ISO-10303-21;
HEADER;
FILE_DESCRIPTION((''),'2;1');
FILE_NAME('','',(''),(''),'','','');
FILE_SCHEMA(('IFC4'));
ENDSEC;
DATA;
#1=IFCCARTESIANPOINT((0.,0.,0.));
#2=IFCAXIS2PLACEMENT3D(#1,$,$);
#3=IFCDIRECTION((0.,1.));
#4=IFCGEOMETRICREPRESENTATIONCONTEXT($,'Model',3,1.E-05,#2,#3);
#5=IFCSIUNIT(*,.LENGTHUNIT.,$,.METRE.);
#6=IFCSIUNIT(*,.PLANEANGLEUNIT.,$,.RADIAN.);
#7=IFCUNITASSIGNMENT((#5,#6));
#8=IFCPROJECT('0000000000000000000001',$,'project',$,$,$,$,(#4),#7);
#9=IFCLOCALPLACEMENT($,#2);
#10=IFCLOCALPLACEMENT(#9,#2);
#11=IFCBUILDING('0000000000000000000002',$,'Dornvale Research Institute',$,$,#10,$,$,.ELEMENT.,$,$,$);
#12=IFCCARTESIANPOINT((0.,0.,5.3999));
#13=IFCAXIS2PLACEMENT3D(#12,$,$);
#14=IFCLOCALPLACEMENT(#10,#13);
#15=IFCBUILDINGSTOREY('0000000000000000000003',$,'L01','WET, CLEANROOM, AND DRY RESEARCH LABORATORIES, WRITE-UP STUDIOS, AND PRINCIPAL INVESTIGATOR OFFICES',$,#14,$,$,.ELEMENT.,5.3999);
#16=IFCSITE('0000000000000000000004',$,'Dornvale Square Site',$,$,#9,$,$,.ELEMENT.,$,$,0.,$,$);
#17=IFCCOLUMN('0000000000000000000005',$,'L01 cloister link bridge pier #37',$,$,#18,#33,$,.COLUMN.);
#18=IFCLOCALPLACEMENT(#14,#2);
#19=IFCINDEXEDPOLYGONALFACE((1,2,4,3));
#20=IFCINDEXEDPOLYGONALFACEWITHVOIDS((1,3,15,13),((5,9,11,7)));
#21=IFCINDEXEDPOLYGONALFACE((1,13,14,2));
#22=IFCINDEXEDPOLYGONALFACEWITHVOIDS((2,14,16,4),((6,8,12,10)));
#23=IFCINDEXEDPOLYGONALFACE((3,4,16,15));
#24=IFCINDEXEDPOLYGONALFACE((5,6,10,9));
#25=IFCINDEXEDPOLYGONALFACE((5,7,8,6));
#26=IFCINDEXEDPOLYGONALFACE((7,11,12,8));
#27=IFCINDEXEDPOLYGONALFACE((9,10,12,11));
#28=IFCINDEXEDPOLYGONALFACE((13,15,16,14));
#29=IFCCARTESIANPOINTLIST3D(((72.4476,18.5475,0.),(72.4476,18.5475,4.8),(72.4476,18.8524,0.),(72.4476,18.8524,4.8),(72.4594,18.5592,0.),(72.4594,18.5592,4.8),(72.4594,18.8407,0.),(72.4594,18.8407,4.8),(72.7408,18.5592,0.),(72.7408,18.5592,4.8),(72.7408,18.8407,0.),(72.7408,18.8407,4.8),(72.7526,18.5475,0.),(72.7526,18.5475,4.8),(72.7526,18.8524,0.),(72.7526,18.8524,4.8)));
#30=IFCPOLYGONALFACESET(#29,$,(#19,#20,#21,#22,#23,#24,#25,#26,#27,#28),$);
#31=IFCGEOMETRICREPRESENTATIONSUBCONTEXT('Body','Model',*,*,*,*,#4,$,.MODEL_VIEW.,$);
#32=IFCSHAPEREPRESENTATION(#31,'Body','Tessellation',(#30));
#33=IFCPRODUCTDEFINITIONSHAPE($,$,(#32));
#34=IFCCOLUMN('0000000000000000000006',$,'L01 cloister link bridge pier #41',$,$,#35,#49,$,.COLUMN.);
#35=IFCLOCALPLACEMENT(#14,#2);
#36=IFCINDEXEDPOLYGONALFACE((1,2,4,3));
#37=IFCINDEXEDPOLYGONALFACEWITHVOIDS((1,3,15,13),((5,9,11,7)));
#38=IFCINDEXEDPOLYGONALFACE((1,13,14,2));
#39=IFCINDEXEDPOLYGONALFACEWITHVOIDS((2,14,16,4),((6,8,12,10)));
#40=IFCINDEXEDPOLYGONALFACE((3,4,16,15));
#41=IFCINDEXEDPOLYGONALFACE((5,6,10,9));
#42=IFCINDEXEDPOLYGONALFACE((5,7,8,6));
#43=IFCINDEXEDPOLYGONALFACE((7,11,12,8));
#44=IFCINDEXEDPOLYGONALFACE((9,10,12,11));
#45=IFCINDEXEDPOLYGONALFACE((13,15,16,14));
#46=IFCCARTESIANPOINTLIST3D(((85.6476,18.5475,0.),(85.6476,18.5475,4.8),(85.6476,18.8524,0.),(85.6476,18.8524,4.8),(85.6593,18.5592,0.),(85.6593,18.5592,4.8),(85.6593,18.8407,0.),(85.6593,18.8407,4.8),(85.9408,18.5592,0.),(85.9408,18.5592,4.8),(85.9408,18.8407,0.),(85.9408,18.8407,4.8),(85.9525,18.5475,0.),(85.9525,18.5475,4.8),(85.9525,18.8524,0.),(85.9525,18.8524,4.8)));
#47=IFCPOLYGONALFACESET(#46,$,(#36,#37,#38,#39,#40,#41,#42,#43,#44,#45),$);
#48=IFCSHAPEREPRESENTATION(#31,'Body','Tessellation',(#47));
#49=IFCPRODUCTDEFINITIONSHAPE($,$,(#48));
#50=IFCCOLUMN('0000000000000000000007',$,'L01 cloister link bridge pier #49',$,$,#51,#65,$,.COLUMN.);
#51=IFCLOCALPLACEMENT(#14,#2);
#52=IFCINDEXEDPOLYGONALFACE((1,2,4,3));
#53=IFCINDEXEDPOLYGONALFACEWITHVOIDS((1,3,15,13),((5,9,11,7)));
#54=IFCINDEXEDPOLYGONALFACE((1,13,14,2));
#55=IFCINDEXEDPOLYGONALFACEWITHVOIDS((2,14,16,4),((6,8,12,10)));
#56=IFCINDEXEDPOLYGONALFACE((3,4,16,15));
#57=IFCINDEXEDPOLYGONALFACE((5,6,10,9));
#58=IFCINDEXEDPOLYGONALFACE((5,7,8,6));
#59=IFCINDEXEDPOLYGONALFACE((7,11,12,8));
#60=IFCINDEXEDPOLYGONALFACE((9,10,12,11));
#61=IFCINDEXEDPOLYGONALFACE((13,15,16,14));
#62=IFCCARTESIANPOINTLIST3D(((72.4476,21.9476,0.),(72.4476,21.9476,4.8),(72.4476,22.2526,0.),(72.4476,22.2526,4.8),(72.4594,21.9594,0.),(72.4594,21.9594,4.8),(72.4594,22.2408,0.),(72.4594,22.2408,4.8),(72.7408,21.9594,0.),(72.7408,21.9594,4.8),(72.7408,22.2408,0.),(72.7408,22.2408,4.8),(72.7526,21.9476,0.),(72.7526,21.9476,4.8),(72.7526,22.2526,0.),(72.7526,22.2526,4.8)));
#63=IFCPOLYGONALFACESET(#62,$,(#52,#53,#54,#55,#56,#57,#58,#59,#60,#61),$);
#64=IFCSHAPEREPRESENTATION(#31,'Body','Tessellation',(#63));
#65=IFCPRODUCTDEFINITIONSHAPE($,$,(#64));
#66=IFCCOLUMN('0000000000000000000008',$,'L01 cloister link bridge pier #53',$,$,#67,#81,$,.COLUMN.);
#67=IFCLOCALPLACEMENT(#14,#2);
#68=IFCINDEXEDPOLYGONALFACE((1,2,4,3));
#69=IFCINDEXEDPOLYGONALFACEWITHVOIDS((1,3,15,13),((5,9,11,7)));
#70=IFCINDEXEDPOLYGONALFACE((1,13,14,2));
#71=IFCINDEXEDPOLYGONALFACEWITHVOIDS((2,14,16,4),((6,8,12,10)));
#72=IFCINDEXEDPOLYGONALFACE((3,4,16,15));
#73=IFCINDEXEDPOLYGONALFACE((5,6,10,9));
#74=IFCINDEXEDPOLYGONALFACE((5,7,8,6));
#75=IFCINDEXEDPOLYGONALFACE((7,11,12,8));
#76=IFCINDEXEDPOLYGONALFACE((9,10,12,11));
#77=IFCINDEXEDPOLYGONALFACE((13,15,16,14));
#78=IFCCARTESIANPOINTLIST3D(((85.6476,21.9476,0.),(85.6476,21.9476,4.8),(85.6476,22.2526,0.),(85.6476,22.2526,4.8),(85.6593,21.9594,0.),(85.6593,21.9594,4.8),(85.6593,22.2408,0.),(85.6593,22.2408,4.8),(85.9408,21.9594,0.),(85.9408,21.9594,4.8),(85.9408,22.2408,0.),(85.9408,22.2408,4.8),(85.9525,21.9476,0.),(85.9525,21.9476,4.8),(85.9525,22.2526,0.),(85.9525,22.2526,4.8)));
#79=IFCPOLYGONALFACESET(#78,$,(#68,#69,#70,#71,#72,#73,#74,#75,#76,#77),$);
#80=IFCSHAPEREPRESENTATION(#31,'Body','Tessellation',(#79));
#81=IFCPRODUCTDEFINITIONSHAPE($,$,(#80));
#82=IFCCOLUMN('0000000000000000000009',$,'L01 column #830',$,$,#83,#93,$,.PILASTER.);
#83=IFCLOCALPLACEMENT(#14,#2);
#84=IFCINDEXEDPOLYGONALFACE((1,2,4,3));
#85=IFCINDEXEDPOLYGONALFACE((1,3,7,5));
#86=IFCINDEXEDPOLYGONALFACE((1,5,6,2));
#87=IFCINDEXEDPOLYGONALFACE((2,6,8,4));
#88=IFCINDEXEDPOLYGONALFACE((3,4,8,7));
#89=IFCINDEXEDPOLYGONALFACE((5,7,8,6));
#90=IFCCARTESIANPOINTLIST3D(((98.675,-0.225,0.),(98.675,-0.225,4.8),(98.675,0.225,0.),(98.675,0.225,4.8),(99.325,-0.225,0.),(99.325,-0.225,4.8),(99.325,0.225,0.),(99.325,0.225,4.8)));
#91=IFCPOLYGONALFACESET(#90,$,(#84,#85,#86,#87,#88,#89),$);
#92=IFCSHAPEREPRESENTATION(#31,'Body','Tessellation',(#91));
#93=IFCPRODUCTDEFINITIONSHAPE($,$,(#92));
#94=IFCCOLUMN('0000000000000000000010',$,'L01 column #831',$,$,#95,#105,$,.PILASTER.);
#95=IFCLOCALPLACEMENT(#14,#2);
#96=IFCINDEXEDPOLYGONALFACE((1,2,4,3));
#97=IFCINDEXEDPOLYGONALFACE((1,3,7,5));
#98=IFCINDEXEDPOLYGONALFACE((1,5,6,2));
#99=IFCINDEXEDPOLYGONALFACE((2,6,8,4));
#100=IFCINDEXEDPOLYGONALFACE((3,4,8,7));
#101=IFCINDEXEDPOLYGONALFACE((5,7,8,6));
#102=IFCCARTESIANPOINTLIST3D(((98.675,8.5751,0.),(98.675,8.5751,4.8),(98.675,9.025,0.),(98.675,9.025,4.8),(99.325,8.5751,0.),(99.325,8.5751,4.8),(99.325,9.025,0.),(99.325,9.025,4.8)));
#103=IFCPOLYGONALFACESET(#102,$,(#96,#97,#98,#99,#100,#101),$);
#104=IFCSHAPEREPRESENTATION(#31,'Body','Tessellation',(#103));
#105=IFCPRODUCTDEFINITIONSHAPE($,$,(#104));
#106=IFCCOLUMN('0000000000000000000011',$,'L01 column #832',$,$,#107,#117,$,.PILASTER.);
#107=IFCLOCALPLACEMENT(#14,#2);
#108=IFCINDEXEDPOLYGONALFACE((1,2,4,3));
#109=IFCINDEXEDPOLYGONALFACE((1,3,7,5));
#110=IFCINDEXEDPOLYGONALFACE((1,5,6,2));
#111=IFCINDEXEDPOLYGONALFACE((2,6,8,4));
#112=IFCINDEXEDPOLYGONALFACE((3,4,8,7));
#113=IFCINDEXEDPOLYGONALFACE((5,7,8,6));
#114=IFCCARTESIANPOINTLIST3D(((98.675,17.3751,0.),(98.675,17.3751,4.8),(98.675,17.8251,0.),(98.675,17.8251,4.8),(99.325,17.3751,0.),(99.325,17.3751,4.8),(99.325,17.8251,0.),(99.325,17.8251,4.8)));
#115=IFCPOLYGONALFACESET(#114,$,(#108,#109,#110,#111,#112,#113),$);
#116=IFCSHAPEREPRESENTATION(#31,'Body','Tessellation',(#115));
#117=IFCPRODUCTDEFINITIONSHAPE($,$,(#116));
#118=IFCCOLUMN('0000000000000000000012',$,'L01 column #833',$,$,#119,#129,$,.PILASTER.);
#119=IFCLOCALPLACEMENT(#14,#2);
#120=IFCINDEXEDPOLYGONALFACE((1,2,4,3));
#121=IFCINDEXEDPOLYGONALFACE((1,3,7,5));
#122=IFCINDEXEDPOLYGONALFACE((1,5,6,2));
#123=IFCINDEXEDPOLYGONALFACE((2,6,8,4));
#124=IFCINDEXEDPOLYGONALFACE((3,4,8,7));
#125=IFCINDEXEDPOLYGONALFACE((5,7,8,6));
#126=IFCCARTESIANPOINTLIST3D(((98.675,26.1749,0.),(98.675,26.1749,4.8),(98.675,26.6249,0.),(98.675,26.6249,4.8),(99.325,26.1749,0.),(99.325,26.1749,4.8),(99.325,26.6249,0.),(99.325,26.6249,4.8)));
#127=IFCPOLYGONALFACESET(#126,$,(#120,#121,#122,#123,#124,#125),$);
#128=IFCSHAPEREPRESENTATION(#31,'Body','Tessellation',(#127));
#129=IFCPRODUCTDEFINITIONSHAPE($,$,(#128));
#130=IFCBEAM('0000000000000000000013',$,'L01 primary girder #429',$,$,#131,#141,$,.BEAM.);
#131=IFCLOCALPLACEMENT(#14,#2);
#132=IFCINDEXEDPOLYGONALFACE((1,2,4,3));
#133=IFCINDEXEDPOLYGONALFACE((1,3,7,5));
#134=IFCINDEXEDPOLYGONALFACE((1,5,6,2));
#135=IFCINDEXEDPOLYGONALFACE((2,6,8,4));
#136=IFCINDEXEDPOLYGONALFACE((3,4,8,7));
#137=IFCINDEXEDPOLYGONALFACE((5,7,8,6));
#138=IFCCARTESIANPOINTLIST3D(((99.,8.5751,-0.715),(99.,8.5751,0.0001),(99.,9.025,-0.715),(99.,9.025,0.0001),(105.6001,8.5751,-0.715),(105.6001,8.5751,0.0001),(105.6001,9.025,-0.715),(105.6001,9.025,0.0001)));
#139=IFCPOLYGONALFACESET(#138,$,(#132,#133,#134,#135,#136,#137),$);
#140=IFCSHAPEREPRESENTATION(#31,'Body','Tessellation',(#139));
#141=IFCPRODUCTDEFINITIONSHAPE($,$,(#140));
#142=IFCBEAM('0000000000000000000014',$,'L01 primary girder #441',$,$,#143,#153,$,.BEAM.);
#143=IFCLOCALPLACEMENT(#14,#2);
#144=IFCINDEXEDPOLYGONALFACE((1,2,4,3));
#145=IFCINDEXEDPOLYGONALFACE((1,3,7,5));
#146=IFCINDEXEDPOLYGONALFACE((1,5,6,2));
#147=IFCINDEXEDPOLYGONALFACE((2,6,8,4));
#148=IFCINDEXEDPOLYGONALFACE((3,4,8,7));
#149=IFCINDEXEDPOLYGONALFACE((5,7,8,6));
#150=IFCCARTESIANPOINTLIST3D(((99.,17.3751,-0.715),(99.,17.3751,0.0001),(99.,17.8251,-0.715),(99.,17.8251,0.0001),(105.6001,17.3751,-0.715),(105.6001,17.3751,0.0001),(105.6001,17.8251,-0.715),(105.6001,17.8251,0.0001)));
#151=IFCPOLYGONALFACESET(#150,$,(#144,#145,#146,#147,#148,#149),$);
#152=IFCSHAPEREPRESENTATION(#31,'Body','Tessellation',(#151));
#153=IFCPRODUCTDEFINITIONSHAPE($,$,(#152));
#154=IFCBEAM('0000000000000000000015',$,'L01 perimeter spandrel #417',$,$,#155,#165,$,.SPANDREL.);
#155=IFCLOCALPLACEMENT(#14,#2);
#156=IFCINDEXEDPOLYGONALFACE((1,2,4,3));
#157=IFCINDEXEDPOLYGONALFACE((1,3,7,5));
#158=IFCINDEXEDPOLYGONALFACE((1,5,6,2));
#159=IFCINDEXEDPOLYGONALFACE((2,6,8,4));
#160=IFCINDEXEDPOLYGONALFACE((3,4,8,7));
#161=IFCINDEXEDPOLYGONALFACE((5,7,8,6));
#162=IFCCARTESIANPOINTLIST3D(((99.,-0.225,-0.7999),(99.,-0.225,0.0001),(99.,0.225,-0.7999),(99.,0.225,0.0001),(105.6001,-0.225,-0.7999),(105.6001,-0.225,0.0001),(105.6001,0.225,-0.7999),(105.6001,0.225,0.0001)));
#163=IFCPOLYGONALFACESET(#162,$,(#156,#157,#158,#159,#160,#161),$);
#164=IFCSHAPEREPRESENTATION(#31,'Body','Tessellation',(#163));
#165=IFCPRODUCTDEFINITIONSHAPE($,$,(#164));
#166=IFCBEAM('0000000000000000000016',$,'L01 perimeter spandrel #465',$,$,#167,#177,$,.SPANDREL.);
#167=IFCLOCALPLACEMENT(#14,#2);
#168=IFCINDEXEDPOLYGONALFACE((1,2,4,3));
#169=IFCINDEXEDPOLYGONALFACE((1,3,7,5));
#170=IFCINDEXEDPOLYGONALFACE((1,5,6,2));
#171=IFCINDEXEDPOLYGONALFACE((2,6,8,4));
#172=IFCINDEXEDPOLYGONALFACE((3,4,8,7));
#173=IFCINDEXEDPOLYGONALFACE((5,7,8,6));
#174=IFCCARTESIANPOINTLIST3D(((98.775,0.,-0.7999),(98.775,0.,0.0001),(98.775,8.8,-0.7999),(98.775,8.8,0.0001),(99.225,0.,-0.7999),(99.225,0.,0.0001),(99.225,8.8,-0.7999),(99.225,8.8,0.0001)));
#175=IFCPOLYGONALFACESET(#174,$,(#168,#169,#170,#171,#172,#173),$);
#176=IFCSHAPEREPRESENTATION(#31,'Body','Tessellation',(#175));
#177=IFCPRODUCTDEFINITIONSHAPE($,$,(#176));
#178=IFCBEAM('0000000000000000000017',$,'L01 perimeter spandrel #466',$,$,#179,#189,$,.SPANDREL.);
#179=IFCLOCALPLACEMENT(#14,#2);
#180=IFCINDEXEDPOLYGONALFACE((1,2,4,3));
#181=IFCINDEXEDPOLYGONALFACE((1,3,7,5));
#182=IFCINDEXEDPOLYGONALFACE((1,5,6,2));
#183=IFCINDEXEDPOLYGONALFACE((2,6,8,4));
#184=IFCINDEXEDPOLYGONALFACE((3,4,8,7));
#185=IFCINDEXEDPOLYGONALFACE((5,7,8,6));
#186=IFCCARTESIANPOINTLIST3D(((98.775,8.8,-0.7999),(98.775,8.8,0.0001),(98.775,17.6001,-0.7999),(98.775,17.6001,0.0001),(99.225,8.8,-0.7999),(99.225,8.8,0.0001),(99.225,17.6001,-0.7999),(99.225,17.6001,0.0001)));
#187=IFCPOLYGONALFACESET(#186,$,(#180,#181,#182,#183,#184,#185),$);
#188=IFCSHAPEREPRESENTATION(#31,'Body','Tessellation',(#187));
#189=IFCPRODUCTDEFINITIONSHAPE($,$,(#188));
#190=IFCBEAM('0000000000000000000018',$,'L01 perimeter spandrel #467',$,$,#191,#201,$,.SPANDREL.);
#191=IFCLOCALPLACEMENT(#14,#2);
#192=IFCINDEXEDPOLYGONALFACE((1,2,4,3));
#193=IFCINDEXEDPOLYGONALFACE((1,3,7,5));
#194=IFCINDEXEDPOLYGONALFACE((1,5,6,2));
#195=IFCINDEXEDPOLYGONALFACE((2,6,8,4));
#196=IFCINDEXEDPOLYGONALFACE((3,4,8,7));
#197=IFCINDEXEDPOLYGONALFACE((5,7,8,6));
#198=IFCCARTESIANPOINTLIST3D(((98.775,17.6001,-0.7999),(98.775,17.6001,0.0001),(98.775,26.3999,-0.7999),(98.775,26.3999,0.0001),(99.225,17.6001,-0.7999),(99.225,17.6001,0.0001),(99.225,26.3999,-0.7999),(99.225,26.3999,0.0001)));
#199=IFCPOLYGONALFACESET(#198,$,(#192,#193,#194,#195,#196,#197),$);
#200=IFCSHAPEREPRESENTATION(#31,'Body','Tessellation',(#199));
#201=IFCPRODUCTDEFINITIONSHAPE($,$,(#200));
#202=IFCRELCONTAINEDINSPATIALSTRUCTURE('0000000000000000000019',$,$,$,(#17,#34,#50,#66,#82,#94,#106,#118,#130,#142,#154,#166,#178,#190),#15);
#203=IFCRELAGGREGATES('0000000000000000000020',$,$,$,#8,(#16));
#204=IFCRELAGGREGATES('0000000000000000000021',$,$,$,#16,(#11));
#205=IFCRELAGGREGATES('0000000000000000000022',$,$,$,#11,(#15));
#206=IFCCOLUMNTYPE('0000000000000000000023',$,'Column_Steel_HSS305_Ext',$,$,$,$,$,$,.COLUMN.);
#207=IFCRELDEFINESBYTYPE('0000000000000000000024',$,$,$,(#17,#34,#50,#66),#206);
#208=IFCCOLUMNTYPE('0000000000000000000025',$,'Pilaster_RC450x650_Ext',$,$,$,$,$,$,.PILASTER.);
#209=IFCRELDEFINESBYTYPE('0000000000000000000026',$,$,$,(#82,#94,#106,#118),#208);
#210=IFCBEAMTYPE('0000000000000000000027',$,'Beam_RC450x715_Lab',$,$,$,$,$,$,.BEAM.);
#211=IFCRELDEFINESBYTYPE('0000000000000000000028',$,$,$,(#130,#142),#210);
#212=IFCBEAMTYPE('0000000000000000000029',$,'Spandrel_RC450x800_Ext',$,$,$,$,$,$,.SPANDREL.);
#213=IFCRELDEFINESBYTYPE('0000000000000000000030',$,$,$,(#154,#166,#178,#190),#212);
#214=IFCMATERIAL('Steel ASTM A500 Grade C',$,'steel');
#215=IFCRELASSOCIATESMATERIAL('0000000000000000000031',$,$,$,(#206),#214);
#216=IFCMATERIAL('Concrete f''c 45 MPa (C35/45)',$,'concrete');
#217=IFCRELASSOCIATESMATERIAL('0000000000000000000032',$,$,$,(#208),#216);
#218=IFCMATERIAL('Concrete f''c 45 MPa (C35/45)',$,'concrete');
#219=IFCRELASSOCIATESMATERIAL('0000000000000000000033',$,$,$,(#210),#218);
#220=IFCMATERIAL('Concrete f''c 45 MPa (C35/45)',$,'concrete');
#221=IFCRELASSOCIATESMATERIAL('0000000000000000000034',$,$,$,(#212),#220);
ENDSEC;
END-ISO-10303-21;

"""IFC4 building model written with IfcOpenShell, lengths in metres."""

from ifc_helpers import new_model, si_unit, direction, frame, origin, origin_2d, place, context, subcontext, project, spatial, rectangle, hollow_rectangle, extrude, material, material_profile, profile_set, type_object, element, save


model = new_model("IFC4")

# Units and contexts
model_context = context("Model", 3, precision=1e-05, world=origin(), true_north=direction((0.0, 1.0)))
body_context = subcontext(model_context, "Body", "Model", "MODEL_VIEW")
ifc_project = project(units=[si_unit("LENGTHUNIT", "METRE"), si_unit("PLANEANGLEUNIT", "RADIAN")], contexts=[model_context])

# Site, building, storey
site_placement = place(None, origin())
site = spatial("IfcSite", under=ifc_project, at=site_placement, Name="Dornvale Square Site", CompositionType="ELEMENT", RefElevation=0.0)
building_placement = place(site_placement, origin())
building = spatial("IfcBuilding", under=site, at=building_placement, Name="Dornvale Research Institute", CompositionType="ELEMENT")
storey_placement = place(building_placement, frame((0.0, 0.0, 5.3999)))
storey = spatial("IfcBuildingStorey", under=building, at=storey_placement, Name="L01", Description="WET, CLEANROOM, AND DRY RESEARCH LABORATORIES, WRITE-UP STUDIOS, AND PRINCIPAL INVESTIGATOR OFFICES", CompositionType="ELEMENT", Elevation=5.3999)

# Columns
ifc_material_1 = material(Name="Steel ASTM A500 Grade C", Category="steel")
ifc_material_profile_1 = material_profile(ifc_material_1, hollow_rectangle(XDim=0.3049, YDim=0.3049, WallThickness=0.0117, at=origin_2d()), Name="HSS305X305X12.7")
ifc_profile_set_1 = profile_set([ifc_material_profile_1], Name="Steel ASTM A500 Grade C")
column_type_1 = type_object("IfcColumnType", Name="Column_Steel_HSS305_Ext", PredefinedType="COLUMN", material=ifc_profile_set_1)
for number, where, z_axis, x_axis, name in (
    (1, (72.6001, 18.7, 0.0), (0.0, 0.0, 1.0), (1.0, 0.0, 0.0), "L01 cloister link bridge pier #37"),
    (2, (85.8, 18.7, 0.0), (0.0, 0.0, 1.0), (1.0, 0.0, 0.0), "L01 cloister link bridge pier #41"),
    (3, (72.6001, 22.1001, 0.0), (0.0, 0.0, 1.0), (1.0, 0.0, 0.0), "L01 cloister link bridge pier #49"),
    (4, (85.8, 22.1001, 0.0), (0.0, 0.0, 1.0), (1.0, 0.0, 0.0), "L01 cloister link bridge pier #53"),
):
    element("IfcColumn", number, at=place(storey_placement, frame(where, z_axis=z_axis, x_axis=x_axis)), inside=storey, type_object=column_type_1, Name=name, PredefinedType="COLUMN", context=body_context, shape_type="SweptSolid", body=[
        extrude(hollow_rectangle(XDim=0.3049, YDim=0.3049, WallThickness=0.0117, at=origin_2d()), origin(), (0.0, 0.0, 1.0), 4.8),
    ])
ifc_material_2 = material(Name="Concrete f'c 45 MPa (C35/45)", Category="concrete")
ifc_material_profile_2 = material_profile(ifc_material_2, rectangle(XDim=0.45, YDim=0.6499, at=origin_2d()), Name="RC 450x650")
ifc_profile_set_2 = profile_set([ifc_material_profile_2], Name="Concrete f'c 45 MPa (C35/45)")
column_type_2 = type_object("IfcColumnType", Name="Pilaster_RC450x650_Ext", PredefinedType="PILASTER", material=ifc_profile_set_2)
for number, where, z_axis, x_axis, name in (
    (5, (99.0, 0.0, 0.0), (0.0, 0.0, 1.0), (0.0, 1.0, 0.0), "L01 column #830"),
    (6, (99.0, 8.8, 0.0), (0.0, 0.0, 1.0), (0.0, 1.0, 0.0), "L01 column #831"),
    (7, (99.0, 17.6001, 0.0), (0.0, 0.0, 1.0), (0.0, 1.0, 0.0), "L01 column #832"),
    (8, (99.0, 26.3999, 0.0), (0.0, 0.0, 1.0), (0.0, 1.0, 0.0), "L01 column #833"),
):
    element("IfcColumn", number, at=place(storey_placement, frame(where, z_axis=z_axis, x_axis=x_axis)), inside=storey, type_object=column_type_2, Name=name, PredefinedType="PILASTER", context=body_context, shape_type="SweptSolid", body=[
        extrude(rectangle(XDim=0.45, YDim=0.6499, at=origin_2d()), origin(), (0.0, 0.0, 1.0), 4.8),
    ])

# Beams
ifc_material_3 = material(Name="Concrete f'c 45 MPa (C35/45)", Category="concrete")
ifc_material_profile_3 = material_profile(ifc_material_3, rectangle(XDim=0.45, YDim=0.7151, at=origin_2d()), Name="RC 450x715")
ifc_profile_set_3 = profile_set([ifc_material_profile_3], Name="Concrete f'c 45 MPa (C35/45)")
beam_type_1 = type_object("IfcBeamType", Name="Beam_RC450x715_Lab", PredefinedType="BEAM", material=ifc_profile_set_3)
for number, where, z_axis, x_axis, name in (
    (9, (99.0, 8.8, -0.3574), (1.0, 0.0, 0.0), (0.0, 1.0, 0.0), "L01 primary girder #429"),
    (10, (99.0, 17.6001, -0.3574), (1.0, 0.0, 0.0), (0.0, 1.0, 0.0), "L01 primary girder #441"),
):
    element("IfcBeam", number, at=place(storey_placement, frame(where, z_axis=z_axis, x_axis=x_axis)), inside=storey, type_object=beam_type_1, Name=name, PredefinedType="BEAM", context=body_context, shape_type="SweptSolid", body=[
        extrude(rectangle(XDim=0.45, YDim=0.7151, at=origin_2d()), origin(), (0.0, 0.0, 1.0), 6.6001),
    ])
ifc_material_4 = material(Name="Concrete f'c 45 MPa (C35/45)", Category="concrete")
ifc_material_profile_4 = material_profile(ifc_material_4, rectangle(XDim=0.45, YDim=0.8, at=origin_2d()), Name="RC 450x800")
ifc_profile_set_4 = profile_set([ifc_material_profile_4], Name="Concrete f'c 45 MPa (C35/45)")
beam_type_2 = type_object("IfcBeamType", Name="Spandrel_RC450x800_Ext", PredefinedType="SPANDREL", material=ifc_profile_set_4)
beam_1_placement = place(storey_placement, frame((99.0, 0.0, -0.3999), z_axis=(1.0, 0.0, 0.0), x_axis=(0.0, 1.0, 0.0)))
element("IfcBeam", 11, at=beam_1_placement, inside=storey, type_object=beam_type_2, Name="L01 perimeter spandrel #417", PredefinedType="SPANDREL", context=body_context, shape_type="SweptSolid", body=[
    extrude(rectangle(XDim=0.45, YDim=0.8, at=origin_2d()), origin(), (0.0, 0.0, 1.0), 6.6001),
])
for number, where, z_axis, x_axis, name in (
    (12, (99.0, 0.0, -0.3999), (0.0, 1.0, 0.0), (-1.0, 0.0, 0.0), "L01 perimeter spandrel #465"),
    (13, (99.0, 8.8, -0.3999), (0.0, 1.0, 0.0), (-1.0, 0.0, 0.0), "L01 perimeter spandrel #466"),
):
    element("IfcBeam", number, at=place(storey_placement, frame(where, z_axis=z_axis, x_axis=x_axis)), inside=storey, type_object=beam_type_2, Name=name, PredefinedType="SPANDREL", context=body_context, shape_type="SweptSolid", body=[
        extrude(rectangle(XDim=0.45, YDim=0.8, at=origin_2d()), origin(), (0.0, 0.0, 1.0), 8.8),
    ])
beam_2_placement = place(storey_placement, frame((99.0, 17.6001, -0.3999), z_axis=(0.0, 1.0, 0.0), x_axis=(-1.0, 0.0, 0.0)))
element("IfcBeam", 14, at=beam_2_placement, inside=storey, type_object=beam_type_2, Name="L01 perimeter spandrel #467", PredefinedType="SPANDREL", context=body_context, shape_type="SweptSolid", body=[
    extrude(rectangle(XDim=0.45, YDim=0.8, at=origin_2d()), origin(), (0.0, 0.0, 1.0), 8.7998),
])

save(model, "model.ifc")
